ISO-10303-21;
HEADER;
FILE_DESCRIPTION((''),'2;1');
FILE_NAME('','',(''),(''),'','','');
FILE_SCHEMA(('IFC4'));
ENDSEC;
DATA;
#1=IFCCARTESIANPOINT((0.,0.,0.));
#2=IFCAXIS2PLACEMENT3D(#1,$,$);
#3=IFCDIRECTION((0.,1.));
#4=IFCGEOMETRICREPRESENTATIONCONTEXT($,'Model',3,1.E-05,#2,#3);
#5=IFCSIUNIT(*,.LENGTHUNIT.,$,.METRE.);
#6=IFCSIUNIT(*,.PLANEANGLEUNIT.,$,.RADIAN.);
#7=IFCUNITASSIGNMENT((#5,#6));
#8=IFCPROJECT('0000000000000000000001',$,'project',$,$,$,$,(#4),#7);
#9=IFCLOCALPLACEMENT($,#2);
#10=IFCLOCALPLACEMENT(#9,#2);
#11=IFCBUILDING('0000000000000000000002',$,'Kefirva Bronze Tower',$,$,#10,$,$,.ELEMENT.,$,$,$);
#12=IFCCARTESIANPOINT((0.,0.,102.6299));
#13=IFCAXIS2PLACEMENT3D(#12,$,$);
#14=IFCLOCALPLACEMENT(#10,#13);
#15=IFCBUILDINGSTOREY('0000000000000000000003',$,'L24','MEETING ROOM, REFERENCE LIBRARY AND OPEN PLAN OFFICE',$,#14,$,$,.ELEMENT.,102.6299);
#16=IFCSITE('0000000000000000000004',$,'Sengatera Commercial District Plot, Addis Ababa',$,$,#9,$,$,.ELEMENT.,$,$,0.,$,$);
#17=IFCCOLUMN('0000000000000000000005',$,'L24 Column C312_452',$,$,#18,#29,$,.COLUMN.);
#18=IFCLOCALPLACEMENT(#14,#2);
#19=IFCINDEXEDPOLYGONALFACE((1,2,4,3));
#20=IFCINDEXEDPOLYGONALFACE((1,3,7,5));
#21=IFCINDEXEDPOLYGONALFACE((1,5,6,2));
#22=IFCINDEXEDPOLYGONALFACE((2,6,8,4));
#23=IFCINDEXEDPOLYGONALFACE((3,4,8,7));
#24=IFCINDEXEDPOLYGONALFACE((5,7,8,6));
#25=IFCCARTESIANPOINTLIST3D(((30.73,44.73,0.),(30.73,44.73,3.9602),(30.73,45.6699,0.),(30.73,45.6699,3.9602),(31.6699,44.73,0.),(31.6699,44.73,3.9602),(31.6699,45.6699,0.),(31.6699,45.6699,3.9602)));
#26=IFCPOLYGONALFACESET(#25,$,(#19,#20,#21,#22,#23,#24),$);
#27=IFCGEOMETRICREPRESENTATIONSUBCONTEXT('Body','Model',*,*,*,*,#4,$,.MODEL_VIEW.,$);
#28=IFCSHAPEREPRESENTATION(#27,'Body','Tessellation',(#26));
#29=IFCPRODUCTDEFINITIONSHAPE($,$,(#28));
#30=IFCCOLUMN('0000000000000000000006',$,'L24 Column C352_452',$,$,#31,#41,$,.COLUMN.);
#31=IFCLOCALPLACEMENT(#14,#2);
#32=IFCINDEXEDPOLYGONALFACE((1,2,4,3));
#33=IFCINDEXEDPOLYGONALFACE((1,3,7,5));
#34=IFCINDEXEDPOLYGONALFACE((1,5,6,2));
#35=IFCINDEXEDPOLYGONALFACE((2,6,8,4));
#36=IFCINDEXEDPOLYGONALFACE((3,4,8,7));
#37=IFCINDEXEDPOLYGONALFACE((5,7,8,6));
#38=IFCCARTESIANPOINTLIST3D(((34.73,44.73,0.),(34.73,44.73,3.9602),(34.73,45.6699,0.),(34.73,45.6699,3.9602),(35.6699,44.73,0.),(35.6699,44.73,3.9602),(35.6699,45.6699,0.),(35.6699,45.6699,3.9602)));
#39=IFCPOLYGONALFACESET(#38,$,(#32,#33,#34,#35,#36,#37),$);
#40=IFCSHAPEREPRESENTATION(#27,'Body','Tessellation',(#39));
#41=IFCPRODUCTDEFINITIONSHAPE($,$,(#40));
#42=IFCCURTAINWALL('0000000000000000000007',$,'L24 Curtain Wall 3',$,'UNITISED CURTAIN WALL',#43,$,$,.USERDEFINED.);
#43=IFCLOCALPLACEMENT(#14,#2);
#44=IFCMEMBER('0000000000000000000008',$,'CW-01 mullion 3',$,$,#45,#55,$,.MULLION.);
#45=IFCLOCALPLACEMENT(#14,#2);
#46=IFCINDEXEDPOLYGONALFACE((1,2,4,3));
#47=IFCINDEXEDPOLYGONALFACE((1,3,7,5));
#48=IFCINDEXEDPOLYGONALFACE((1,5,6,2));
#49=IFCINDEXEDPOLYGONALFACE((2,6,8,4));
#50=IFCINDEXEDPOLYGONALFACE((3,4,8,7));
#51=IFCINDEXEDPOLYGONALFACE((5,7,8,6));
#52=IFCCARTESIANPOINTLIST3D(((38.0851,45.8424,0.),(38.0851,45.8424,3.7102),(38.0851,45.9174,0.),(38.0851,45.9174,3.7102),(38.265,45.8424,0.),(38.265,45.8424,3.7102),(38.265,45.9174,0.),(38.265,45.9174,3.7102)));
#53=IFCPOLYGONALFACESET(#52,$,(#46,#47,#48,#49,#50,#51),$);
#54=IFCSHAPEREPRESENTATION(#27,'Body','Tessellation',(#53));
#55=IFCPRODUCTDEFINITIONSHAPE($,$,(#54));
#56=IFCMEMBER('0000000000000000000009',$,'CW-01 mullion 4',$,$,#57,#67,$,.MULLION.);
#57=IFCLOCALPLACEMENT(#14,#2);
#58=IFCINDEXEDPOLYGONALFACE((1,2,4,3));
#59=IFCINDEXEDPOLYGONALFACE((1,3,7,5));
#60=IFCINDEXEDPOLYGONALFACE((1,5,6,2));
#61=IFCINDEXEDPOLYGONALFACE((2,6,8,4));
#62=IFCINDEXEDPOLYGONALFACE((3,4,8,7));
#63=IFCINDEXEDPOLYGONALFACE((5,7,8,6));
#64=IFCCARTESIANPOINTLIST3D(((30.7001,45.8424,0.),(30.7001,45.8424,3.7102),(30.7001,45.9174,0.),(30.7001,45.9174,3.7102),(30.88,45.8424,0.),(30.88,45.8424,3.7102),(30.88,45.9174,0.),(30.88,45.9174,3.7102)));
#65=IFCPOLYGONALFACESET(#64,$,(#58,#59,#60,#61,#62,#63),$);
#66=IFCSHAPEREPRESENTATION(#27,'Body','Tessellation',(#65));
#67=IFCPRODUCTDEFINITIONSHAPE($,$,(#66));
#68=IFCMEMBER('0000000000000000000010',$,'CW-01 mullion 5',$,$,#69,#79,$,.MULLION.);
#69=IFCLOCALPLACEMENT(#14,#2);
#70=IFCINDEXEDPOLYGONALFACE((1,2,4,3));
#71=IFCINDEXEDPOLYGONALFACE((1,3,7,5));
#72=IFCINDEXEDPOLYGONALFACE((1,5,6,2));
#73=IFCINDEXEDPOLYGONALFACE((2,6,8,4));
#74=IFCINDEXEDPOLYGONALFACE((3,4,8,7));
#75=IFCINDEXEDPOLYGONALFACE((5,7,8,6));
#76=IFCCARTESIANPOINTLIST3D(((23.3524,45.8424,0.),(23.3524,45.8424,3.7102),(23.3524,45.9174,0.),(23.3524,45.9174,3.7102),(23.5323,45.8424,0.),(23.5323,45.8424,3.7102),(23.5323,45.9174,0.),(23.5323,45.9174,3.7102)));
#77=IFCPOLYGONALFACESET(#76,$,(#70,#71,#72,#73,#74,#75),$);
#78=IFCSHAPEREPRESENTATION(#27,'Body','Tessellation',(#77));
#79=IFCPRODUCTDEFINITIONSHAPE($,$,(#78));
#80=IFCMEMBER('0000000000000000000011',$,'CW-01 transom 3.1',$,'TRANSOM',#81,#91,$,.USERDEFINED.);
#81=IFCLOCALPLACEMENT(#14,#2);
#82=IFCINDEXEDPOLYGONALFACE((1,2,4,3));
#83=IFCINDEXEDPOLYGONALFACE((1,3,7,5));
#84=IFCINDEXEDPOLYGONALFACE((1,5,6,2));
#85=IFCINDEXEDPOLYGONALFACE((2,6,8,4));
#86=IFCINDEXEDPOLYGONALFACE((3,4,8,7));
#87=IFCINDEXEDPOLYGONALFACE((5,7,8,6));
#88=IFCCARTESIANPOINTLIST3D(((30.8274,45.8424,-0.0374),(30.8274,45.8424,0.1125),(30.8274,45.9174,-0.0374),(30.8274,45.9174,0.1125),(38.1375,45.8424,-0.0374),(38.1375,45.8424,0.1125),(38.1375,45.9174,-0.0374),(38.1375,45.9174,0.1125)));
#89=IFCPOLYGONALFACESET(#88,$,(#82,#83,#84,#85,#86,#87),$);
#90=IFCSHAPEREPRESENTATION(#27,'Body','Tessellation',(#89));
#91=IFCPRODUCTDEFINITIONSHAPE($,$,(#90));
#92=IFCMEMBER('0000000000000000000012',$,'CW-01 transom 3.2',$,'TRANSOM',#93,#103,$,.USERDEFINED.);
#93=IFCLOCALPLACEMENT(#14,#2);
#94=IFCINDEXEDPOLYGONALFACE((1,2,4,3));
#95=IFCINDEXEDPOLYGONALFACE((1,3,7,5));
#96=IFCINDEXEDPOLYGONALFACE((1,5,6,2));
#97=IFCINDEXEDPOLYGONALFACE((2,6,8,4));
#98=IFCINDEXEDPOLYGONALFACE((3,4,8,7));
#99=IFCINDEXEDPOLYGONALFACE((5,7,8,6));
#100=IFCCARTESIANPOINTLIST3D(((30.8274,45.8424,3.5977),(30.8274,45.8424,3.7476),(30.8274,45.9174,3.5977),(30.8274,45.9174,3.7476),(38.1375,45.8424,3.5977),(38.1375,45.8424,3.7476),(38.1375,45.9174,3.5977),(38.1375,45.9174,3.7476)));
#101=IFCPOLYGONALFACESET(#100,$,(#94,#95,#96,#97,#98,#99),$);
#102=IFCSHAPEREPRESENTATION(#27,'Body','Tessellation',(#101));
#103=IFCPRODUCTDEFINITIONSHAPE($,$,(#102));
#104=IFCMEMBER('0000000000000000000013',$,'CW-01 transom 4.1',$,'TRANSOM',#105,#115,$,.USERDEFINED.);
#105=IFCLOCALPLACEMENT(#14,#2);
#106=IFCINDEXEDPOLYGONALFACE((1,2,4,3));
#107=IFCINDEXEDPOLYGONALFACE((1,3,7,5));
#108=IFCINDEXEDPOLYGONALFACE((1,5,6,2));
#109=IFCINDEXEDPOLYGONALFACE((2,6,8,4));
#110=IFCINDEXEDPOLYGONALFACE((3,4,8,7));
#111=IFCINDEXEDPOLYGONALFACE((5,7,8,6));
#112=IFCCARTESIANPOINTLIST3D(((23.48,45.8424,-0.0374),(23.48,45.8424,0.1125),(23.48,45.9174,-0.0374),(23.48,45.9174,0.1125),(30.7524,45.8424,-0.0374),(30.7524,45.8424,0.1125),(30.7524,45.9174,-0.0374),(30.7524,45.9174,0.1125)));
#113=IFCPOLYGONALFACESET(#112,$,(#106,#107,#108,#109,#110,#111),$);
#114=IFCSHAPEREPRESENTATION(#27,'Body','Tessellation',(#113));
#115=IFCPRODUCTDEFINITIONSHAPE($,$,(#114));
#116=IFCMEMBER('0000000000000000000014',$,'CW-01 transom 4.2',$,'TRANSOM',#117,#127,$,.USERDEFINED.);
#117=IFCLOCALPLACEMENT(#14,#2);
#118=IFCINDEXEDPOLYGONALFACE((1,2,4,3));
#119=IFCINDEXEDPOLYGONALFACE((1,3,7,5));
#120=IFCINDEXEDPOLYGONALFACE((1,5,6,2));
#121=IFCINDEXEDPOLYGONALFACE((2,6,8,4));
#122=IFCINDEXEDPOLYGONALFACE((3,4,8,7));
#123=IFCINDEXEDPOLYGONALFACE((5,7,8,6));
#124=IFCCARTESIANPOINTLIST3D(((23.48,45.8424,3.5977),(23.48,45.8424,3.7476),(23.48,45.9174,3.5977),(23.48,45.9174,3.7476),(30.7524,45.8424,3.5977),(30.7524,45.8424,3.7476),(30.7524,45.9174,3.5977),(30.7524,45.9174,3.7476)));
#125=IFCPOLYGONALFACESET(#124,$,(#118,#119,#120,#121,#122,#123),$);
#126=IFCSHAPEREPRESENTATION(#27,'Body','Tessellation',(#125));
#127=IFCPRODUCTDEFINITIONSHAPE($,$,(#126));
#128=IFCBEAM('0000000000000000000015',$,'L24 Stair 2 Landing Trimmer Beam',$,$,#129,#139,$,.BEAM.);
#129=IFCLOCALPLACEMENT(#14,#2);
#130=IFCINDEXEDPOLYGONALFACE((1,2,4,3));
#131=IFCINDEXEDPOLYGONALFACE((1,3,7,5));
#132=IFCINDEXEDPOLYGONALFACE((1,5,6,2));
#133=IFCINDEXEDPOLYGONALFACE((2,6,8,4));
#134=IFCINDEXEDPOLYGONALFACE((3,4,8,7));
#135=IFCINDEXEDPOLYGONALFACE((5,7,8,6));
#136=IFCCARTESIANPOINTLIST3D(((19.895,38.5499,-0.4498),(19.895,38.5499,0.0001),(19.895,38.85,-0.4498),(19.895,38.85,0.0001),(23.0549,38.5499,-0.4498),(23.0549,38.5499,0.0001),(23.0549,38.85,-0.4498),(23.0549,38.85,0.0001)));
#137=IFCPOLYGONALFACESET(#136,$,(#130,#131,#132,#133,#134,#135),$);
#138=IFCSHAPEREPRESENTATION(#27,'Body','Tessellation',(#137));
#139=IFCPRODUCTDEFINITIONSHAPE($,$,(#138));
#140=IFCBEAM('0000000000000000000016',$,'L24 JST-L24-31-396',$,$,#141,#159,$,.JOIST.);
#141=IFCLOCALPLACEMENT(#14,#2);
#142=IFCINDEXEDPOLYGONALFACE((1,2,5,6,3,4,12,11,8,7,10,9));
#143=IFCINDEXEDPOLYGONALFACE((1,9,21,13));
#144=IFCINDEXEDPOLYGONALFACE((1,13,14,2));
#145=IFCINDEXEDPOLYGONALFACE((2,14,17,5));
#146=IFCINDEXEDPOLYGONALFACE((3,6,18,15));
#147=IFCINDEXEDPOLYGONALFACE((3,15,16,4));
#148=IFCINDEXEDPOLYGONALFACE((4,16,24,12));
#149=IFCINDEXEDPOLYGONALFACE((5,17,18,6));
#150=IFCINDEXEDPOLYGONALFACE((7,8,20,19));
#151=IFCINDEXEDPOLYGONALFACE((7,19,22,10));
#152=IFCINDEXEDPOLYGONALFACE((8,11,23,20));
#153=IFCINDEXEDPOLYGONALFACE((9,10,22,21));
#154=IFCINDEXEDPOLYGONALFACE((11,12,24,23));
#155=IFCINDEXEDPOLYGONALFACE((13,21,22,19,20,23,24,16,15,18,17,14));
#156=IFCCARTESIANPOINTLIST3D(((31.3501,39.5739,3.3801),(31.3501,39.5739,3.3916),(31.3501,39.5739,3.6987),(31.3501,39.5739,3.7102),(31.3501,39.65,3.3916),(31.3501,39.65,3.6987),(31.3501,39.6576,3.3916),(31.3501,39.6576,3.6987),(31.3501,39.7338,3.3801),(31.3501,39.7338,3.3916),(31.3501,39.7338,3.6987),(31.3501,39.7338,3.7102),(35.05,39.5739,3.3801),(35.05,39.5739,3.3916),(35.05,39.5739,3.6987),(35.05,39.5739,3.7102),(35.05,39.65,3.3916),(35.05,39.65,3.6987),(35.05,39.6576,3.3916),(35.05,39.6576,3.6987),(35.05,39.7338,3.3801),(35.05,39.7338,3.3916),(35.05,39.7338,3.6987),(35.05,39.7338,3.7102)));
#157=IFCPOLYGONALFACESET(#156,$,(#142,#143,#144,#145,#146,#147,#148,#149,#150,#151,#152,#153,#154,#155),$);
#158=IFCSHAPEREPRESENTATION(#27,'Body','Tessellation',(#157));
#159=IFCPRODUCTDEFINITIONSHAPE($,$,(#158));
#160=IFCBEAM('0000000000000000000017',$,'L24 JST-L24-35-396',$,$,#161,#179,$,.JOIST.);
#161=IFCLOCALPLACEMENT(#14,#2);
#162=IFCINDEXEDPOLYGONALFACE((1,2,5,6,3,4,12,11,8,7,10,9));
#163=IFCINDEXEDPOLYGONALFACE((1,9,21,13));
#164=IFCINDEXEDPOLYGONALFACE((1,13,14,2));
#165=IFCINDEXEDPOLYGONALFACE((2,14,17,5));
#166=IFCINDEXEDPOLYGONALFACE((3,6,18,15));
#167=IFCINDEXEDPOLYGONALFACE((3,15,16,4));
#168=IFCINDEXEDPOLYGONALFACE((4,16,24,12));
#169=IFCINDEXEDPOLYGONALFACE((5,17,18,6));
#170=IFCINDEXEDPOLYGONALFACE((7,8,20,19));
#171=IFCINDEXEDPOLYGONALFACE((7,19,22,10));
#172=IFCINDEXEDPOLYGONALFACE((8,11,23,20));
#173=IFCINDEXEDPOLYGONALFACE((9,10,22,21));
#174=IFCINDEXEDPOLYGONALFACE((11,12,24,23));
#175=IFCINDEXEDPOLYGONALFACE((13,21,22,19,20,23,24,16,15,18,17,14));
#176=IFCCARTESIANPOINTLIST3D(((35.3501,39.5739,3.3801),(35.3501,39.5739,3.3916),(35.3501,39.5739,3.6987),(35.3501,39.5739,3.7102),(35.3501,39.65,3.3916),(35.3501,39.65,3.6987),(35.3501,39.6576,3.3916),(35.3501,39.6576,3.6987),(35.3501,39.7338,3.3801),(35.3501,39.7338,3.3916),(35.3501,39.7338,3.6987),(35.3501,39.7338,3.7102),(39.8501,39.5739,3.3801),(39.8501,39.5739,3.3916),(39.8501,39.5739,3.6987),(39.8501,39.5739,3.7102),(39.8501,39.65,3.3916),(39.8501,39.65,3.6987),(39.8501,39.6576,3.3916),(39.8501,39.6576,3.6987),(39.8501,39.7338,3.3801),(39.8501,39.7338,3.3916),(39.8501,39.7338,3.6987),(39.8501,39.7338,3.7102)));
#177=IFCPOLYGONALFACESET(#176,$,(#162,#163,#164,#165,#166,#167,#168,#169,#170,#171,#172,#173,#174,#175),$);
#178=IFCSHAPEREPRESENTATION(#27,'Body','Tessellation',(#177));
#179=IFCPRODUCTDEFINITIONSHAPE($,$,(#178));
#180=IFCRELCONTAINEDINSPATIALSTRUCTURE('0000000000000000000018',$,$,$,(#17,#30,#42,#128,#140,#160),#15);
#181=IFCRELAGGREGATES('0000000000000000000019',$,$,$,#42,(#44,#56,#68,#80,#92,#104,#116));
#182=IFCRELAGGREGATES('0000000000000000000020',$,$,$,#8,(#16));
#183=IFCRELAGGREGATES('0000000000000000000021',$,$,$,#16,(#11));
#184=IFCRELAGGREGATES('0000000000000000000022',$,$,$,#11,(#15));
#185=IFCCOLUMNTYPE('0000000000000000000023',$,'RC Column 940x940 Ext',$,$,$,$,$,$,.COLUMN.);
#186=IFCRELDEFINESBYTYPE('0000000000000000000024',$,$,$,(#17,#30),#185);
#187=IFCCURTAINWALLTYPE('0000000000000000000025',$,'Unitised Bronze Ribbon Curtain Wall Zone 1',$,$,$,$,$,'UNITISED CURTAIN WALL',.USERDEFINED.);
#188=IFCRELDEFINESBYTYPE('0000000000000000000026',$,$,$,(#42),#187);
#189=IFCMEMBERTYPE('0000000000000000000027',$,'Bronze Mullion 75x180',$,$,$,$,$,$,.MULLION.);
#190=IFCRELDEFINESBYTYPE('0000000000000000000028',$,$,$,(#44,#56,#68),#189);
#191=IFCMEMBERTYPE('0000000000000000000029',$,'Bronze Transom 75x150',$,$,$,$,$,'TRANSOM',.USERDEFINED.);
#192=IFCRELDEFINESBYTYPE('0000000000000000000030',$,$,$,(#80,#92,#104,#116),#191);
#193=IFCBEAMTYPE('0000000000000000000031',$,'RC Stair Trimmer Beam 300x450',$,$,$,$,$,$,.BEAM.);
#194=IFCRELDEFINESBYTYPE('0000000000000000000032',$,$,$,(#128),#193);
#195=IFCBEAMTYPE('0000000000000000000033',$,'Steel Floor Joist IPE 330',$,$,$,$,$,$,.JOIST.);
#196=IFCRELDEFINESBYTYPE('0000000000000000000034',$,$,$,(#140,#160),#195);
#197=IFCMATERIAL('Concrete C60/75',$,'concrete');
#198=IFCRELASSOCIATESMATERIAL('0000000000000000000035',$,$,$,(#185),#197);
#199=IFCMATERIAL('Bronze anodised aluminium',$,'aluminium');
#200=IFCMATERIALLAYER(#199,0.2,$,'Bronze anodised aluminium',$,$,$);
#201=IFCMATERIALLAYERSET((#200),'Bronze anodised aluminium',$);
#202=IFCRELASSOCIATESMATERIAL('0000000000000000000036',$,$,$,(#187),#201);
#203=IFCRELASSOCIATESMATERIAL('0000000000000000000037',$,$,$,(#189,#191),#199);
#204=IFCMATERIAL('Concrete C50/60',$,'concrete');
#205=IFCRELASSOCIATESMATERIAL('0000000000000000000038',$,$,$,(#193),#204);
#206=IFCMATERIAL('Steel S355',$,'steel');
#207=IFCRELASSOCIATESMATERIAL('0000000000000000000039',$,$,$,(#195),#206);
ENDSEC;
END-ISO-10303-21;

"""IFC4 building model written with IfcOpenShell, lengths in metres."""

from ifc_helpers import new_model, si_unit, direction, frame, origin, origin_2d, place, context, subcontext, project, spatial, rectangle, i_section, extrude, material, layer, layer_set, material_profile, profile_set, type_object, element, aggregate, save


model = new_model("IFC4")

# Units and contexts
model_context = context("Model", 3, precision=1e-05, world=origin(), true_north=direction((0.0, 1.0)))
body_context = subcontext(model_context, "Body", "Model", "MODEL_VIEW")
ifc_project = project(units=[si_unit("LENGTHUNIT", "METRE"), si_unit("PLANEANGLEUNIT", "RADIAN")], contexts=[model_context])

# Site, building, storey
site_placement = place(None, origin())
site = spatial("IfcSite", under=ifc_project, at=site_placement, Name="Sengatera Commercial District Plot, Addis Ababa", CompositionType="ELEMENT", RefElevation=0.0)
building_placement = place(site_placement, origin())
building = spatial("IfcBuilding", under=site, at=building_placement, Name="Kefirva Bronze Tower", CompositionType="ELEMENT")
storey_placement = place(building_placement, frame((0.0, 0.0, 102.6299)))
storey = spatial("IfcBuildingStorey", under=building, at=storey_placement, Name="L24", Description="MEETING ROOM, REFERENCE LIBRARY AND OPEN PLAN OFFICE", CompositionType="ELEMENT", Elevation=102.6299)

# Columns
ifc_material_1 = material(Name="Concrete C60/75", Category="concrete")
ifc_material_profile_1 = material_profile(ifc_material_1, rectangle(XDim=0.9399, YDim=0.9399, at=origin_2d()), Name="RC 940x940")
ifc_profile_set_1 = profile_set([ifc_material_profile_1], Name="Concrete C60/75")
column_type = type_object("IfcColumnType", Name="RC Column 940x940 Ext", PredefinedType="COLUMN", material=ifc_profile_set_1)
for number, where, z_axis, x_axis, name in (
    (1, (31.2, 45.2, 0.0), (0.0, 0.0, 1.0), (1.0, 0.0, 0.0), "L24 Column C312_452"),
    (2, (35.2, 45.2, 0.0), (0.0, 0.0, 1.0), (1.0, 0.0, 0.0), "L24 Column C352_452"),
):
    element("IfcColumn", number, at=place(storey_placement, frame(where, z_axis=z_axis, x_axis=x_axis)), inside=storey, type_object=column_type, Name=name, PredefinedType="COLUMN", context=body_context, shape_type="SweptSolid", body=[
        extrude(rectangle(XDim=0.9399, YDim=0.9399, at=origin_2d()), origin(), (0.0, 0.0, 1.0), 3.9602),
    ])

# Curtain wall, members
ifc_material_2 = material(Name="Bronze anodised aluminium", Category="aluminium")
ifc_layer_1 = layer(ifc_material_2, 0.2, Name="Bronze anodised aluminium")
ifc_layer_set_1 = layer_set([ifc_layer_1], Name="Bronze anodised aluminium")
curtain_wall_type = type_object("IfcCurtainWallType", Name="Unitised Bronze Ribbon Curtain Wall Zone 1", ElementType="UNITISED CURTAIN WALL", PredefinedType="USERDEFINED", material=ifc_layer_set_1)
curtain_wall_placement = place(storey_placement, origin())
curtain_wall = element("IfcCurtainWall", 3, at=curtain_wall_placement, inside=storey, type_object=curtain_wall_type, Name="L24 Curtain Wall 3", ObjectType="UNITISED CURTAIN WALL", PredefinedType="USERDEFINED")
ifc_material_profile_2 = material_profile(ifc_material_2, rectangle(XDim=0.075, YDim=0.1799, at=origin_2d()), Name="ALU 75x180")
ifc_profile_set_2 = profile_set([ifc_material_profile_2], Name="Bronze anodised aluminium")
member_type_1 = type_object("IfcMemberType", Name="Bronze Mullion 75x180", PredefinedType="MULLION", material=ifc_profile_set_2)
member_1_placement = place(storey_placement, frame((38.175, 45.8799, 0.0), z_axis=(0.0, 0.0, 1.0), x_axis=(0.0, -1.0, 0.0)))
member_1 = element("IfcMember", 4, at=member_1_placement, type_object=member_type_1, Name="CW-01 mullion 3", PredefinedType="MULLION", context=body_context, shape_type="SweptSolid", body=[
    extrude(rectangle(XDim=0.075, YDim=0.1799, at=origin_2d()), origin(), (0.0, 0.0, 1.0), 3.7102),
])
member_2_placement = place(storey_placement, frame((30.79, 45.8799, 0.0), z_axis=(0.0, 0.0, 1.0), x_axis=(0.0, -1.0, 0.0)))
member_2 = element("IfcMember", 5, at=member_2_placement, type_object=member_type_1, Name="CW-01 mullion 4", PredefinedType="MULLION", context=body_context, shape_type="SweptSolid", body=[
    extrude(rectangle(XDim=0.075, YDim=0.1799, at=origin_2d()), origin(), (0.0, 0.0, 1.0), 3.7102),
])
member_3_placement = place(storey_placement, frame((23.4424, 45.8799, 0.0), z_axis=(0.0, 0.0, 1.0), x_axis=(0.0, -1.0, 0.0)))
member_3 = element("IfcMember", 6, at=member_3_placement, type_object=member_type_1, Name="CW-01 mullion 5", PredefinedType="MULLION", context=body_context, shape_type="SweptSolid", body=[
    extrude(rectangle(XDim=0.075, YDim=0.1799, at=origin_2d()), origin(), (0.0, 0.0, 1.0), 3.7102),
])
ifc_material_profile_3 = material_profile(ifc_material_2, rectangle(XDim=0.075, YDim=0.1499, at=origin_2d()), Name="ALU 75x150")
ifc_profile_set_3 = profile_set([ifc_material_profile_3], Name="Bronze anodised aluminium")
member_type_2 = type_object("IfcMemberType", Name="Bronze Transom 75x150", ElementType="TRANSOM", PredefinedType="USERDEFINED", material=ifc_profile_set_3)
member_4_placement = place(storey_placement, frame((38.1375, 45.8799, 0.0376), z_axis=(-1.0, 0.0, 0.0), x_axis=(0.0, -1.0, 0.0)))
member_4 = element("IfcMember", 7, at=member_4_placement, type_object=member_type_2, Name="CW-01 transom 3.1", ObjectType="TRANSOM", PredefinedType="USERDEFINED", context=body_context, shape_type="SweptSolid", body=[
    extrude(rectangle(XDim=0.075, YDim=0.1499, at=origin_2d()), origin(), (0.0, 0.0, 1.0), 7.3101),
])
member_5_placement = place(storey_placement, frame((38.1375, 45.8799, 3.6726), z_axis=(-1.0, 0.0, 0.0), x_axis=(0.0, -1.0, 0.0)))
member_5 = element("IfcMember", 8, at=member_5_placement, type_object=member_type_2, Name="CW-01 transom 3.2", ObjectType="TRANSOM", PredefinedType="USERDEFINED", context=body_context, shape_type="SweptSolid", body=[
    extrude(rectangle(XDim=0.075, YDim=0.1499, at=origin_2d()), origin(), (0.0, 0.0, 1.0), 7.3101),
])
member_6_placement = place(storey_placement, frame((30.7524, 45.8799, 0.0376), z_axis=(-1.0, 0.0, 0.0), x_axis=(0.0, -1.0, 0.0)))
member_6 = element("IfcMember", 9, at=member_6_placement, type_object=member_type_2, Name="CW-01 transom 4.1", ObjectType="TRANSOM", PredefinedType="USERDEFINED", context=body_context, shape_type="SweptSolid", body=[
    extrude(rectangle(XDim=0.075, YDim=0.1499, at=origin_2d()), origin(), (0.0, 0.0, 1.0), 7.2725),
])
member_7_placement = place(storey_placement, frame((30.7524, 45.8799, 3.6726), z_axis=(-1.0, 0.0, 0.0), x_axis=(0.0, -1.0, 0.0)))
member_7 = element("IfcMember", 10, at=member_7_placement, type_object=member_type_2, Name="CW-01 transom 4.2", ObjectType="TRANSOM", PredefinedType="USERDEFINED", context=body_context, shape_type="SweptSolid", body=[
    extrude(rectangle(XDim=0.075, YDim=0.1499, at=origin_2d()), origin(), (0.0, 0.0, 1.0), 7.2725),
])

# Beams
ifc_material_3 = material(Name="Concrete C50/60", Category="concrete")
ifc_material_profile_4 = material_profile(ifc_material_3, rectangle(XDim=0.3, YDim=0.45, at=origin_2d()), Name="RC 300x450")
ifc_profile_set_4 = profile_set([ifc_material_profile_4], Name="Concrete C50/60")
beam_type_1 = type_object("IfcBeamType", Name="RC Stair Trimmer Beam 300x450", PredefinedType="BEAM", material=ifc_profile_set_4)
beam_1_placement = place(storey_placement, frame((19.895, 38.7, -0.2249), z_axis=(1.0, 0.0, 0.0), x_axis=(0.0, 1.0, 0.0)))
element("IfcBeam", 11, at=beam_1_placement, inside=storey, type_object=beam_type_1, Name="L24 Stair 2 Landing Trimmer Beam", PredefinedType="BEAM", context=body_context, shape_type="SweptSolid", body=[
    extrude(rectangle(XDim=0.3, YDim=0.45, at=origin_2d()), origin(), (0.0, 0.0, 1.0), 3.1599),
])
ifc_material_4 = material(Name="Steel S355", Category="steel")
ifc_material_profile_5 = material_profile(ifc_material_4, i_section(OverallWidth=0.1599, OverallDepth=0.3301, WebThickness=0.0076, FlangeThickness=0.0115, at=origin_2d()), Name="IPE 330")
ifc_profile_set_5 = profile_set([ifc_material_profile_5], Name="Steel S355")
beam_type_2 = type_object("IfcBeamType", Name="Steel Floor Joist IPE 330", PredefinedType="JOIST", material=ifc_profile_set_5)
beam_2_placement = place(storey_placement, frame((31.3501, 39.6538, 3.5452), z_axis=(1.0, 0.0, 0.0), x_axis=(0.0, 1.0, 0.0)))
element("IfcBeam", 12, at=beam_2_placement, inside=storey, type_object=beam_type_2, Name="L24 JST-L24-31-396", PredefinedType="JOIST", context=body_context, shape_type="SweptSolid", body=[
    extrude(i_section(OverallWidth=0.1599, OverallDepth=0.3301, WebThickness=0.0076, FlangeThickness=0.0115, at=origin_2d()), origin(), (0.0, 0.0, 1.0), 3.7),
])
beam_3_placement = place(storey_placement, frame((35.3501, 39.6538, 3.5452), z_axis=(1.0, 0.0, 0.0), x_axis=(0.0, 1.0, 0.0)))
element("IfcBeam", 13, at=beam_3_placement, inside=storey, type_object=beam_type_2, Name="L24 JST-L24-35-396", PredefinedType="JOIST", context=body_context, shape_type="SweptSolid", body=[
    extrude(i_section(OverallWidth=0.1599, OverallDepth=0.3301, WebThickness=0.0076, FlangeThickness=0.0115, at=origin_2d()), origin(), (0.0, 0.0, 1.0), 4.5),
])

aggregate(curtain_wall, [member_1, member_2, member_3, member_4, member_5, member_6, member_7])

save(model, "model.ifc")
